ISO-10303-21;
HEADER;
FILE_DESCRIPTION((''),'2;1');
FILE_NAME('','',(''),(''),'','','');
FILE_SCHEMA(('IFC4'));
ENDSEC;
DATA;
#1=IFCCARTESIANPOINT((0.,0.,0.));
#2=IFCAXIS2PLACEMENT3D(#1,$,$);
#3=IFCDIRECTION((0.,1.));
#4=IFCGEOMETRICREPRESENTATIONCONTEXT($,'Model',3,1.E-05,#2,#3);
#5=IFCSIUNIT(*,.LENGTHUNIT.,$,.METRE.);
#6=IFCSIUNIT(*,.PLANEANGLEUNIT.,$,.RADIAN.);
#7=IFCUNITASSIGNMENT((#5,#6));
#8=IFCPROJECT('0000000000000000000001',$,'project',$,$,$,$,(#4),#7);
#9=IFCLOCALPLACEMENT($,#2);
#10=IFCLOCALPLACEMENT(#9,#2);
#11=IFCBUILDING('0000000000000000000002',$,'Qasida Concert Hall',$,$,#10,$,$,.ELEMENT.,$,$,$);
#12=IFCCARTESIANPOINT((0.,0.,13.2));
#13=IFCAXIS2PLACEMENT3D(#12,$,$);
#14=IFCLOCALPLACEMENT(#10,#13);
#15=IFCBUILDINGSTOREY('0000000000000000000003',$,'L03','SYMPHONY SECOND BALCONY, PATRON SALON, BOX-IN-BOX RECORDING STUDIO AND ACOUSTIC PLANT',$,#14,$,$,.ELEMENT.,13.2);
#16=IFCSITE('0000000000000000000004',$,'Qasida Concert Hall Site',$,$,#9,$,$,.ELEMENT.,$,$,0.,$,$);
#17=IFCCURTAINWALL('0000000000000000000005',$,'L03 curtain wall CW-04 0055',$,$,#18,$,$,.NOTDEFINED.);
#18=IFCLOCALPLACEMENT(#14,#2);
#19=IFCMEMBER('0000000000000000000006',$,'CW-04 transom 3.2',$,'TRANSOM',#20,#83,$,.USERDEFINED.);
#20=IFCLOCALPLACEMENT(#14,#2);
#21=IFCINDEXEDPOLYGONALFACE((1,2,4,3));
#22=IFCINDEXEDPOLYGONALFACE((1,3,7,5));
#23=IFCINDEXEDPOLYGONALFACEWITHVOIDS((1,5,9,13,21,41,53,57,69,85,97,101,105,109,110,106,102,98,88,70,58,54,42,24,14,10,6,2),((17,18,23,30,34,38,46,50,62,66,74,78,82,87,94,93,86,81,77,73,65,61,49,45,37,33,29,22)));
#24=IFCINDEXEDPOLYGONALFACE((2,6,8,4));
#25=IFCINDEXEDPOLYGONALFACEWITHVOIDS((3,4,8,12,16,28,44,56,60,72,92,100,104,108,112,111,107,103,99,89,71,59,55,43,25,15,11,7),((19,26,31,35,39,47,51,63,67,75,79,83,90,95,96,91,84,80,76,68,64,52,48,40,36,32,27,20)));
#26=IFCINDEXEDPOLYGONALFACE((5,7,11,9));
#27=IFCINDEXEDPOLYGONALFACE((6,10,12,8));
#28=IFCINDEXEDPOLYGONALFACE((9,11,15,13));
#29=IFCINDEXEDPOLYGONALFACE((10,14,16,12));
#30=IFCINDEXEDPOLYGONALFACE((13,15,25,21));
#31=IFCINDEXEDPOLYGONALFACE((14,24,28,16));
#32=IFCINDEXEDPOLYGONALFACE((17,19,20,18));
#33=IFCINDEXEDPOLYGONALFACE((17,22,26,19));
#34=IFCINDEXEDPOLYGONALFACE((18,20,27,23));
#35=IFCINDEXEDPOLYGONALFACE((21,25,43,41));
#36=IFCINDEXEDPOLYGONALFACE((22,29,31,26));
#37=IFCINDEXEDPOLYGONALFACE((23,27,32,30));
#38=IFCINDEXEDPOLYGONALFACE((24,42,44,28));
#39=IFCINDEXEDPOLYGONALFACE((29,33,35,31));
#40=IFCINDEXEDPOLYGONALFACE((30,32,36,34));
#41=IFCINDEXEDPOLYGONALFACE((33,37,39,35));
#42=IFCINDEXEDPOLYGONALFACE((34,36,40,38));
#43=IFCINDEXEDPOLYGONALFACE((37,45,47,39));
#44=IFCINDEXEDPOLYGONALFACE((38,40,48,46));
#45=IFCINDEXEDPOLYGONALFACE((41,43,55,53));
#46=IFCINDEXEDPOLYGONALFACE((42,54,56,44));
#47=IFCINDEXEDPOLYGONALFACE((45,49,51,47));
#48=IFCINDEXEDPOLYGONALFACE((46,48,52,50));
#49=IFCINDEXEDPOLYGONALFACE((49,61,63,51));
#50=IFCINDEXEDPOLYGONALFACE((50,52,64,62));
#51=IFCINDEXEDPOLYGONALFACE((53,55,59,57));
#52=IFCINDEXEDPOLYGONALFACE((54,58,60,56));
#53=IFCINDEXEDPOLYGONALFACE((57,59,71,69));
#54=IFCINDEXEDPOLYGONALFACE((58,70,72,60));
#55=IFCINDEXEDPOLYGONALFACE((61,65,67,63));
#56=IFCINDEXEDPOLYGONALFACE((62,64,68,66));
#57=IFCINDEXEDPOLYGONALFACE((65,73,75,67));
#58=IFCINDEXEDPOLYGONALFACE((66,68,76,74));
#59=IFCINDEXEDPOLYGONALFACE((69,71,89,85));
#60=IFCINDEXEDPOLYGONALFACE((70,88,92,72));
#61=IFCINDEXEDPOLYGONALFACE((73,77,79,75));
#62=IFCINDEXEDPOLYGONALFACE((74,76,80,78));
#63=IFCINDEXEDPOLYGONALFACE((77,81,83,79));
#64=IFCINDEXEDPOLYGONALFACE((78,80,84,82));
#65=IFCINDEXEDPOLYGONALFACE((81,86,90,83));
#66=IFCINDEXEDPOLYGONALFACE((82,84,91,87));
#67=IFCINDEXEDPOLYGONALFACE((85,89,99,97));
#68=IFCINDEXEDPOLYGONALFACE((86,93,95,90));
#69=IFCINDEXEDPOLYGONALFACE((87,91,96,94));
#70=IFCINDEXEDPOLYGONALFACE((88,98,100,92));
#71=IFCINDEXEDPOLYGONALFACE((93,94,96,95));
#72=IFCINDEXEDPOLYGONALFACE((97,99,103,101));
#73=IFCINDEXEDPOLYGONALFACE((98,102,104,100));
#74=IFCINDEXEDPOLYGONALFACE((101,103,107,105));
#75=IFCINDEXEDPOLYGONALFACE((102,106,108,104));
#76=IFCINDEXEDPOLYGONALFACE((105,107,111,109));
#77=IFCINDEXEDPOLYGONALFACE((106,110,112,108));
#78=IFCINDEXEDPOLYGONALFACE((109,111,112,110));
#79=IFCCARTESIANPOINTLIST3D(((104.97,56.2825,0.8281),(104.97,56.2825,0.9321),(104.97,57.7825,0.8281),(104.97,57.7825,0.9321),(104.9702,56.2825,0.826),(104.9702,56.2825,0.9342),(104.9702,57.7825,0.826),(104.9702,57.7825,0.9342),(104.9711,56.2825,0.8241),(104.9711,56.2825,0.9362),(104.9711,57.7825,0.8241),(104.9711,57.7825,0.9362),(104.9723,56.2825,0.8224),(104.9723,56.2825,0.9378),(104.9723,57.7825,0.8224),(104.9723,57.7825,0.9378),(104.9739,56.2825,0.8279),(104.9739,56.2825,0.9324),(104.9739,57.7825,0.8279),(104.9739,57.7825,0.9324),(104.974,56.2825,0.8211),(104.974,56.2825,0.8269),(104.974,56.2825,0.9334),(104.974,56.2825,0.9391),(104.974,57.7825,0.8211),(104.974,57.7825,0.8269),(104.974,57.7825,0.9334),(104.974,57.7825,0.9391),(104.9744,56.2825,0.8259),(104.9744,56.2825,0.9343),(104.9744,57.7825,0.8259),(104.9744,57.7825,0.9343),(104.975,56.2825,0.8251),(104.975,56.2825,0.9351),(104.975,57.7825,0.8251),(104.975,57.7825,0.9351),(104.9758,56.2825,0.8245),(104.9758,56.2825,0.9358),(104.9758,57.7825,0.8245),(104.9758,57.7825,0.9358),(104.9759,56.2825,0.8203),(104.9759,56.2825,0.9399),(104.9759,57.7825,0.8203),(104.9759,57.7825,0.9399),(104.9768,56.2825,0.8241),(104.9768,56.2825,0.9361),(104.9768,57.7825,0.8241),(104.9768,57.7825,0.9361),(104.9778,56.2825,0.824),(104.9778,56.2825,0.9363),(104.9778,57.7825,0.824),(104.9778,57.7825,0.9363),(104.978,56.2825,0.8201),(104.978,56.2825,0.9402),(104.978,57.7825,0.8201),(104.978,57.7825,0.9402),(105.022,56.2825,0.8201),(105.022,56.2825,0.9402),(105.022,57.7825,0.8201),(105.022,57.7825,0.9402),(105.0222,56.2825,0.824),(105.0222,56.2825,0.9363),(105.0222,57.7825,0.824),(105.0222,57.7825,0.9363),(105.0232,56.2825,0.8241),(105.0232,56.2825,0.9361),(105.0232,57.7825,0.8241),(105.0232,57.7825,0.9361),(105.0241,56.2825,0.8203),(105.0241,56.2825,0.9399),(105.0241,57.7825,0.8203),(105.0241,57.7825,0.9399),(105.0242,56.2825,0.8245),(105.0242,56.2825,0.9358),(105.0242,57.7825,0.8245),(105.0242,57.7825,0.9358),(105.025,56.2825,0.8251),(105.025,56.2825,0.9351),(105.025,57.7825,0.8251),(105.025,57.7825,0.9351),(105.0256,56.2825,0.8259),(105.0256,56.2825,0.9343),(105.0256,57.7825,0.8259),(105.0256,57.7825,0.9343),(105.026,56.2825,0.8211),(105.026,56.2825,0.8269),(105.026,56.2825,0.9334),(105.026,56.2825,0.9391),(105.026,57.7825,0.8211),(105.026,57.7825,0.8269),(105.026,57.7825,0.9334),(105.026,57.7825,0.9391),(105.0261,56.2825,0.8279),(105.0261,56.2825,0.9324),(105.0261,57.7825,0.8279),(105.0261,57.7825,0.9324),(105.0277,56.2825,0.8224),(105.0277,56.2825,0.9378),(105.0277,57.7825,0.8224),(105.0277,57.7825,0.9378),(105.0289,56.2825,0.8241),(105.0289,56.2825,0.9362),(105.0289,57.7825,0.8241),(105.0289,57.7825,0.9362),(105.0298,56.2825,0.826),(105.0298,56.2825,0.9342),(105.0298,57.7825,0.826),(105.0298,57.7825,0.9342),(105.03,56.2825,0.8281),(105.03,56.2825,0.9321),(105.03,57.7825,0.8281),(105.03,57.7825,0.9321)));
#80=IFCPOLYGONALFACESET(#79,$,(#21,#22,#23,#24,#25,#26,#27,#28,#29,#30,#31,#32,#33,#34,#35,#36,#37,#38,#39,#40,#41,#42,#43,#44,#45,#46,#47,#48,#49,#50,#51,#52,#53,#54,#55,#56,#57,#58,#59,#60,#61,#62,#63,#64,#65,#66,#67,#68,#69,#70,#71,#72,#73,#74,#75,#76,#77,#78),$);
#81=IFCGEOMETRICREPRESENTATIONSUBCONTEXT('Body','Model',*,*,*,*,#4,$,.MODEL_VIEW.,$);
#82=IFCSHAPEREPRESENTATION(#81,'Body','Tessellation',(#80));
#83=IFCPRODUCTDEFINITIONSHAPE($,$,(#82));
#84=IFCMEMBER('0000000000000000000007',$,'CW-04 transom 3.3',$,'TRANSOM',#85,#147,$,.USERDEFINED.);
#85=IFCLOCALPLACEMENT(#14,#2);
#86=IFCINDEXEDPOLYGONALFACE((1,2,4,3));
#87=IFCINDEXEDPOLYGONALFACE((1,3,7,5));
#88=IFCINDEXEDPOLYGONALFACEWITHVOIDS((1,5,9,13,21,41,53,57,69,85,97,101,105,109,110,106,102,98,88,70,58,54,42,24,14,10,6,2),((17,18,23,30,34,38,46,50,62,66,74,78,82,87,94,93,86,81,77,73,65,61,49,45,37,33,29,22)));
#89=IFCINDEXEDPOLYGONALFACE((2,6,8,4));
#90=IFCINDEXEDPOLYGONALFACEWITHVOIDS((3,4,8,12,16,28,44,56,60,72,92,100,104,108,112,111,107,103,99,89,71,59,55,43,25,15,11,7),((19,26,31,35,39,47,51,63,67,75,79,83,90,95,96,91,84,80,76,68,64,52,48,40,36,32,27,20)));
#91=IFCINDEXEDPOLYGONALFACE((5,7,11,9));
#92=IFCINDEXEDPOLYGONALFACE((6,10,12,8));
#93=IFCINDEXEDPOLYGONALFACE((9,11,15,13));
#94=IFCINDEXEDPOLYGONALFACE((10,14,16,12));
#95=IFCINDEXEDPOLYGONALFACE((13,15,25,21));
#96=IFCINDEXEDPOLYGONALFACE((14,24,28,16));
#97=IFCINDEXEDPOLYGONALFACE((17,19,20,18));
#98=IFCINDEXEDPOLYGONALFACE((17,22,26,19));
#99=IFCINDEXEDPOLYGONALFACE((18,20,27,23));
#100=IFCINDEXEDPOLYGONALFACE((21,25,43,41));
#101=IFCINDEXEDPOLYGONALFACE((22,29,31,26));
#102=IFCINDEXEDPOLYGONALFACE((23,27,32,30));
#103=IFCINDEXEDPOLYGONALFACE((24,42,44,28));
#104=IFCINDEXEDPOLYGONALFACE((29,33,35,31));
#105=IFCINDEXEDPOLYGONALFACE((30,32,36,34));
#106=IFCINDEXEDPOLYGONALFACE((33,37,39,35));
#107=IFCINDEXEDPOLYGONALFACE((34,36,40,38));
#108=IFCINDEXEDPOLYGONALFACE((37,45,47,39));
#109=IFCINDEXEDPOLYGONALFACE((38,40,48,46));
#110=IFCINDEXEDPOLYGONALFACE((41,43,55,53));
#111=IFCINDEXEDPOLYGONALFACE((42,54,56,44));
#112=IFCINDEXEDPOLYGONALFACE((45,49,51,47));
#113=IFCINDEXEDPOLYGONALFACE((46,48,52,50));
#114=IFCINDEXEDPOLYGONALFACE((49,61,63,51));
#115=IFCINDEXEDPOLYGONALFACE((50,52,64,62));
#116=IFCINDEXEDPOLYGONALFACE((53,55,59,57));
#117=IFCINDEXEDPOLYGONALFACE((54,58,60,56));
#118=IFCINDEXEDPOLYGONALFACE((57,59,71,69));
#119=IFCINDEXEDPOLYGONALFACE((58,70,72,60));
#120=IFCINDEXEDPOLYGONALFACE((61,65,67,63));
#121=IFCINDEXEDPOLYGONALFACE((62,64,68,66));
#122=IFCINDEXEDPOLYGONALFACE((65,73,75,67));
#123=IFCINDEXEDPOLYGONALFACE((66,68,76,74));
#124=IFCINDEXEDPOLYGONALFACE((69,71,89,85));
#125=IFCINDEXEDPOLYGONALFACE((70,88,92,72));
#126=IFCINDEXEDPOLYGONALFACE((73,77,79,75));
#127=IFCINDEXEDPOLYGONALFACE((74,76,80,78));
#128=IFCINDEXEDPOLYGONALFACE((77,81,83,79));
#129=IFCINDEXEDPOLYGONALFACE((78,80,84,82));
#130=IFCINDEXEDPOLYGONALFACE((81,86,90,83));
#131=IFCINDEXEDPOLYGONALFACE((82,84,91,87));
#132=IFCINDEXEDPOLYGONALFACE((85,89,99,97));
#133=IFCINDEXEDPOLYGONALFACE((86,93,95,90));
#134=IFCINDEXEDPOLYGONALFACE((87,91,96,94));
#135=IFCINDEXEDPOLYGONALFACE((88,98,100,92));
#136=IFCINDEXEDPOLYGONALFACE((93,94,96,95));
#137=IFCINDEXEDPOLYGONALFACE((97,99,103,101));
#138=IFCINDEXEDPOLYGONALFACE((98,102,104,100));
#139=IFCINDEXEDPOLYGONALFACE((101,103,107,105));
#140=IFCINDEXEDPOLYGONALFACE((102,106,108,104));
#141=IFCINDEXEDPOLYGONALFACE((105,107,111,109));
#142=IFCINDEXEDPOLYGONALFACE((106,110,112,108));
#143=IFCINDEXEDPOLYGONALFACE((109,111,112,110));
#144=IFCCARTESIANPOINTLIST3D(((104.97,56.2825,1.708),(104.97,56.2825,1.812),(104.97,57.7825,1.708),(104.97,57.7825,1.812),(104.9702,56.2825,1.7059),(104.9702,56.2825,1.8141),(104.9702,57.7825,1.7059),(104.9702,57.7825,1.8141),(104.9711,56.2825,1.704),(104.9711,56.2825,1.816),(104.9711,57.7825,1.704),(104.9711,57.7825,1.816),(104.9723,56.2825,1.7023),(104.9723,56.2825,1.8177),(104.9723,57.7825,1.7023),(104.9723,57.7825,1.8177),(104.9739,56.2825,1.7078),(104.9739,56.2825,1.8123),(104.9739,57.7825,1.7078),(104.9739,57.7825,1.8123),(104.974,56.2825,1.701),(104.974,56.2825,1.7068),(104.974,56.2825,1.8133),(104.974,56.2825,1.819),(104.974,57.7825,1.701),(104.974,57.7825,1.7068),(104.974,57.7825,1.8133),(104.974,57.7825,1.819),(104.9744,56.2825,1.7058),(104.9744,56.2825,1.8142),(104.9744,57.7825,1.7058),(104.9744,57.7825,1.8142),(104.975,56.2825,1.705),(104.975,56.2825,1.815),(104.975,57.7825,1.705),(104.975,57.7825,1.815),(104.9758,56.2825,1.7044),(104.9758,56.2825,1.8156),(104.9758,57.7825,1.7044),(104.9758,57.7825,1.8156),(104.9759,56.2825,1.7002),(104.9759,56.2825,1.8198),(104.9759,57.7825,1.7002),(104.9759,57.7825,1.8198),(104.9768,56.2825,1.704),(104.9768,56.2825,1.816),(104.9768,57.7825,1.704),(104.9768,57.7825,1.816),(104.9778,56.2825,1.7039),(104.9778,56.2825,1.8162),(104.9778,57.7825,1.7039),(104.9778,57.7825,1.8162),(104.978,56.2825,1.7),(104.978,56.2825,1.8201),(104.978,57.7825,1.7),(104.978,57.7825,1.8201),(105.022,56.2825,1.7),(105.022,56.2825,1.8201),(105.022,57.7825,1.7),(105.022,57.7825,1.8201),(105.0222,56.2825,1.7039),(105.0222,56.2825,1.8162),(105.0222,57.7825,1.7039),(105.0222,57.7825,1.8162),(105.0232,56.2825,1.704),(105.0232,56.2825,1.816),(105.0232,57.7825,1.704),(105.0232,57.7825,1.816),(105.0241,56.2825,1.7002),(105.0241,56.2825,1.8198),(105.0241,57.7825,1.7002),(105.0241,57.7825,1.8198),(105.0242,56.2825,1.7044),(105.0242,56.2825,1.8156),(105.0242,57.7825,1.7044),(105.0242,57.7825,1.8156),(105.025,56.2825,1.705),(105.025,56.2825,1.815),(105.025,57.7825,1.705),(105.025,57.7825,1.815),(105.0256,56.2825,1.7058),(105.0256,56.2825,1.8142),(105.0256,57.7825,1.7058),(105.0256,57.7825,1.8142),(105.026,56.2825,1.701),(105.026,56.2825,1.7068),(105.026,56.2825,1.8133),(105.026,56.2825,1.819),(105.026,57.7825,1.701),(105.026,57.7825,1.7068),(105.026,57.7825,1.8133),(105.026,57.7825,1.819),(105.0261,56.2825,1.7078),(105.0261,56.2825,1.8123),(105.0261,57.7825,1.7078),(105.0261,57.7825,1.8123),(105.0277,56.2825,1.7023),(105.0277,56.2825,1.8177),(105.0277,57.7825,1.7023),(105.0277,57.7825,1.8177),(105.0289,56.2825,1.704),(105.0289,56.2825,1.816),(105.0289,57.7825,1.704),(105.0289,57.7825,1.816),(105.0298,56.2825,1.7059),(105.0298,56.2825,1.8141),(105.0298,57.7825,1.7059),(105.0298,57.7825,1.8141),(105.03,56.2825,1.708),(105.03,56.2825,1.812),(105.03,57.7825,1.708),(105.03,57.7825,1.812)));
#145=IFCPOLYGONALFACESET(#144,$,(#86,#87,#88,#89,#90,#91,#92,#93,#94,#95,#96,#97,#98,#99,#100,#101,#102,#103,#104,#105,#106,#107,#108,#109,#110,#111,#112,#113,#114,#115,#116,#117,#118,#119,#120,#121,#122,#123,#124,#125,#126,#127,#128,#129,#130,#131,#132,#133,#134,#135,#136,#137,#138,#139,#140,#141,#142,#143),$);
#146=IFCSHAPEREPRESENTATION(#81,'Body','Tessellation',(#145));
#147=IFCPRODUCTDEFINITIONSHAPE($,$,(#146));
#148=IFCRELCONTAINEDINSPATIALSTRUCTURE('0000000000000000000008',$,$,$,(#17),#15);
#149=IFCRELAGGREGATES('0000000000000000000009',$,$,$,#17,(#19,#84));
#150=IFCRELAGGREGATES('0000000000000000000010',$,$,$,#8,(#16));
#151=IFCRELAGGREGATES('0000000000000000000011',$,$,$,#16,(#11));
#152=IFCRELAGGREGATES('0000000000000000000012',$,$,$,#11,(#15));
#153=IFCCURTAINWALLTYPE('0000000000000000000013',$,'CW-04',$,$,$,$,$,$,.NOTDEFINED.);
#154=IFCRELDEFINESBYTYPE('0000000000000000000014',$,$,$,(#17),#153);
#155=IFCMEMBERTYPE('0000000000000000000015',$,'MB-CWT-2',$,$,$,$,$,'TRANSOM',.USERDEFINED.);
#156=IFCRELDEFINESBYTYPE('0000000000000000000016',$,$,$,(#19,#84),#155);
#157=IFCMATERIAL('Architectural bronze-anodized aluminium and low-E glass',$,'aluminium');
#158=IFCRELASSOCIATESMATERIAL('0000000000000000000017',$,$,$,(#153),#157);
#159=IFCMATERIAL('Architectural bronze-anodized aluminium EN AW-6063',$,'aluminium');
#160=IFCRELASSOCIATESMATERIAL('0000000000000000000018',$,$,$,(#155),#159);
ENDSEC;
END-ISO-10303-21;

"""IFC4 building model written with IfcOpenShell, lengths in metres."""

from ifc_helpers import new_model, si_unit, direction, frame, origin, origin_2d, place, context, subcontext, project, spatial, hollow_rectangle, extrude, material, material_profile, profile_set, type_object, element, aggregate, save


model = new_model("IFC4")

# Units and contexts
model_context = context("Model", 3, precision=1e-05, world=origin(), true_north=direction((0.0, 1.0)))
body_context = subcontext(model_context, "Body", "Model", "MODEL_VIEW")
ifc_project = project(units=[si_unit("LENGTHUNIT", "METRE"), si_unit("PLANEANGLEUNIT", "RADIAN")], contexts=[model_context])

# Site, building, storey
site_placement = place(None, origin())
site = spatial("IfcSite", under=ifc_project, at=site_placement, Name="Qasida Concert Hall Site", CompositionType="ELEMENT", RefElevation=0.0)
building_placement = place(site_placement, origin())
building = spatial("IfcBuilding", under=site, at=building_placement, Name="Qasida Concert Hall", CompositionType="ELEMENT")
storey_placement = place(building_placement, frame((0.0, 0.0, 13.2)))
storey = spatial("IfcBuildingStorey", under=building, at=storey_placement, Name="L03", Description="SYMPHONY SECOND BALCONY, PATRON SALON, BOX-IN-BOX RECORDING STUDIO AND ACOUSTIC PLANT", CompositionType="ELEMENT", Elevation=13.2)

# Curtain wall, members
ifc_material_1 = material(Name="Architectural bronze-anodized aluminium and low-E glass", Category="aluminium")
curtain_wall_type = type_object("IfcCurtainWallType", Name="CW-04", PredefinedType="NOTDEFINED", material=ifc_material_1)
curtain_wall_placement = place(storey_placement, origin())
curtain_wall = element("IfcCurtainWall", 1, at=curtain_wall_placement, inside=storey, type_object=curtain_wall_type, Name="L03 curtain wall CW-04 0055", PredefinedType="NOTDEFINED")
ifc_material_2 = material(Name="Architectural bronze-anodized aluminium EN AW-6063", Category="aluminium")
ifc_material_profile_1 = material_profile(ifc_material_2, hollow_rectangle(XDim=0.0601, YDim=0.1201, WallThickness=0.0039, InnerFilletRadius=0.0039, OuterFilletRadius=0.0081, at=origin_2d()), Name="CWT 120x60x4")
ifc_profile_set_1 = profile_set([ifc_material_profile_1], Name="Architectural bronze-anodized aluminium EN AW-6063")
member_type_1 = type_object("IfcMemberType", Name="MB-CWT-2", ElementType="TRANSOM", PredefinedType="USERDEFINED", material=ifc_profile_set_1)
member_1_placement = place(storey_placement, frame((105.0, 56.2825, 0.8801), z_axis=(0.0, 1.0, 0.0), x_axis=(-1.0, 0.0, 0.0)))
member_1 = element("IfcMember", 2, at=member_1_placement, type_object=member_type_1, Name="CW-04 transom 3.2", ObjectType="TRANSOM", PredefinedType="USERDEFINED", context=body_context, shape_type="SweptSolid", body=[
    extrude(hollow_rectangle(XDim=0.0601, YDim=0.1201, WallThickness=0.0039, InnerFilletRadius=0.0039, OuterFilletRadius=0.0081, at=origin_2d()), origin(), (0.0, 0.0, 1.0), 1.5),
])
member_2_placement = place(storey_placement, frame((105.0, 56.2825, 1.76), z_axis=(0.0, 1.0, 0.0), x_axis=(-1.0, 0.0, 0.0)))
member_2 = element("IfcMember", 3, at=member_2_placement, type_object=member_type_1, Name="CW-04 transom 3.3", ObjectType="TRANSOM", PredefinedType="USERDEFINED", context=body_context, shape_type="SweptSolid", body=[
    extrude(hollow_rectangle(XDim=0.0601, YDim=0.1201, WallThickness=0.0039, InnerFilletRadius=0.0039, OuterFilletRadius=0.0081, at=origin_2d()), origin(), (0.0, 0.0, 1.0), 1.5),
])
aggregate(curtain_wall, [member_1, member_2])

save(model, "model.ifc")
